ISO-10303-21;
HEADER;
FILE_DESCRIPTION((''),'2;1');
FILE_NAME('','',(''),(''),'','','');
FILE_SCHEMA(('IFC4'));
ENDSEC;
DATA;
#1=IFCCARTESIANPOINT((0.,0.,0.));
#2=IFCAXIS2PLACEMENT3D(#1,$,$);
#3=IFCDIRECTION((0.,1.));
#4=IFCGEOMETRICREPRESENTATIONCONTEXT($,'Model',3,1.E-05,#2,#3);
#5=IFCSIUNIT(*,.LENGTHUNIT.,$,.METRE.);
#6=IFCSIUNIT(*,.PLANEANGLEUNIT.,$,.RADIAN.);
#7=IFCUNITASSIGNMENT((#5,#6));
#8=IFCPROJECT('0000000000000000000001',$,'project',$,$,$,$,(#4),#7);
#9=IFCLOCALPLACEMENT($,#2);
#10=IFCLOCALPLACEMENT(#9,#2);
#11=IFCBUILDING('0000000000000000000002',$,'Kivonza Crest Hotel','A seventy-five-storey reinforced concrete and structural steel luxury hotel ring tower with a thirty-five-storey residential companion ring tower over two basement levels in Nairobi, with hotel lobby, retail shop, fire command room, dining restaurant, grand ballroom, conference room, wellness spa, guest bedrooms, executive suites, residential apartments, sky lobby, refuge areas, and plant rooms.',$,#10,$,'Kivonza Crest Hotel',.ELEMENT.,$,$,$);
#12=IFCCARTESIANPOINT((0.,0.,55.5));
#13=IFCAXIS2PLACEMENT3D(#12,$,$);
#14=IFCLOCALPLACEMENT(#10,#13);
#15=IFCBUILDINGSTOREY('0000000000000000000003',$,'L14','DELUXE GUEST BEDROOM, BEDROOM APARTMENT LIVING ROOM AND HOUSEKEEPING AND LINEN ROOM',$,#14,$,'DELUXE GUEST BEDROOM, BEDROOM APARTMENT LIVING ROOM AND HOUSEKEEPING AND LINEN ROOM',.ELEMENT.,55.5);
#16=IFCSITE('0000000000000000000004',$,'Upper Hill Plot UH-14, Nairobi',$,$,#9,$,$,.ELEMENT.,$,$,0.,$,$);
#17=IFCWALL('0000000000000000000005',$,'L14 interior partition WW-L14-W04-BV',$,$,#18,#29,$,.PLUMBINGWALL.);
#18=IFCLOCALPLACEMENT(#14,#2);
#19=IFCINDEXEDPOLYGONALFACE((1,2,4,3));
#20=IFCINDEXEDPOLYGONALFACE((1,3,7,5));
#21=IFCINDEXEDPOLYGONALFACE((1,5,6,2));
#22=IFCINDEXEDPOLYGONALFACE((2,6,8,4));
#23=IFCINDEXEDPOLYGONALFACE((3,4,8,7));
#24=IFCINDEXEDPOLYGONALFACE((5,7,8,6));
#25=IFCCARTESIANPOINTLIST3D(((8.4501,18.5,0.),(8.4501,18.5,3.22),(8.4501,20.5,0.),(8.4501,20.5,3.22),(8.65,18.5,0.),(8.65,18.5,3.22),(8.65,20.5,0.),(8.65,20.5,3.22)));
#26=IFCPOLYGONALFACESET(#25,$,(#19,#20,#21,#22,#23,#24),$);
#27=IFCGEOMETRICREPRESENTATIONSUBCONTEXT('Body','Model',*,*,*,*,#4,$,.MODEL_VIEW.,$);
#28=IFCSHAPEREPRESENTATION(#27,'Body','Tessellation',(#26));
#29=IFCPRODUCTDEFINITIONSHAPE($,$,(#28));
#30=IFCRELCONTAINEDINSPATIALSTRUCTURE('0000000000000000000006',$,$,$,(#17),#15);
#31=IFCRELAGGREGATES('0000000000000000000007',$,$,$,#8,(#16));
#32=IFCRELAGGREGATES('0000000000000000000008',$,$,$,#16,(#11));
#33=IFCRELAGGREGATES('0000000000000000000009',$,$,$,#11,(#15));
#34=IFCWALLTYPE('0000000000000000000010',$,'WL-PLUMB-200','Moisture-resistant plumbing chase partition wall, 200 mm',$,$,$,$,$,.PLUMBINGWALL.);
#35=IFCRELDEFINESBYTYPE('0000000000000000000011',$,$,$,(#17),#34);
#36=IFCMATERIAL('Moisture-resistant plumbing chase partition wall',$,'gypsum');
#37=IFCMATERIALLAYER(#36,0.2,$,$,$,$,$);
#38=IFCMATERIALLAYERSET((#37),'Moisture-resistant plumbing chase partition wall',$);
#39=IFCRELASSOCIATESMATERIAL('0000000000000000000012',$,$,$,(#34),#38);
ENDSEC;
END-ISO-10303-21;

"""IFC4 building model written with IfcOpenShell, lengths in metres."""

from ifc_helpers import new_model, si_unit, direction, frame, frame_2d, origin, place, context, subcontext, project, spatial, rectangle, extrude, material, layer, layer_set, type_object, element, save


model = new_model("IFC4")

# Units and contexts
model_context = context("Model", 3, precision=1e-05, world=origin(), true_north=direction((0.0, 1.0)))
body_context = subcontext(model_context, "Body", "Model", "MODEL_VIEW")
ifc_project = project(units=[si_unit("LENGTHUNIT", "METRE"), si_unit("PLANEANGLEUNIT", "RADIAN")], contexts=[model_context])

# Site, building, storey
site_placement = place(None, origin())
site = spatial("IfcSite", under=ifc_project, at=site_placement, Name="Upper Hill Plot UH-14, Nairobi", CompositionType="ELEMENT", RefElevation=0.0)
building_placement = place(site_placement, origin())
building = spatial("IfcBuilding", under=site, at=building_placement, Name="Kivonza Crest Hotel", Description="A seventy-five-storey reinforced concrete and structural steel luxury hotel ring tower with a thirty-five-storey residential companion ring tower over two basement levels in Nairobi, with hotel lobby, retail shop, fire command room, dining restaurant, grand ballroom, conference room, wellness spa, guest bedrooms, executive suites, residential apartments, sky lobby, refuge areas, and plant rooms.", LongName="Kivonza Crest Hotel", CompositionType="ELEMENT")
storey_placement = place(building_placement, frame((0.0, 0.0, 55.5)))
storey = spatial("IfcBuildingStorey", under=building, at=storey_placement, Name="L14", Description="DELUXE GUEST BEDROOM, BEDROOM APARTMENT LIVING ROOM AND HOUSEKEEPING AND LINEN ROOM", LongName="DELUXE GUEST BEDROOM, BEDROOM APARTMENT LIVING ROOM AND HOUSEKEEPING AND LINEN ROOM", CompositionType="ELEMENT", Elevation=55.5)

# Wall
ifc_material_1 = material(Name="Moisture-resistant plumbing chase partition wall", Category="gypsum")
ifc_layer_1 = layer(ifc_material_1, 0.2)
ifc_layer_set_1 = layer_set([ifc_layer_1], Name="Moisture-resistant plumbing chase partition wall")
wall_type_1 = type_object("IfcWallType", Name="WL-PLUMB-200", Description="Moisture-resistant plumbing chase partition wall, 200 mm", PredefinedType="PLUMBINGWALL", material=ifc_layer_set_1)
wall_1_placement = place(storey_placement, frame((8.55, 18.5, 0.0), z_axis=(0.0, 0.0, 1.0), x_axis=(0.0, 1.0, 0.0)))
element("IfcWall", 1, at=wall_1_placement, inside=storey, type_object=wall_type_1, Name="L14 interior partition WW-L14-W04-BV", PredefinedType="PLUMBINGWALL", context=body_context, shape_type="SweptSolid", body=[
    extrude(rectangle(XDim=2.0, YDim=0.2, at=frame_2d((1.0, 0.0))), origin(), (0.0, 0.0, 1.0), 3.22),
])

save(model, "model.ifc")
